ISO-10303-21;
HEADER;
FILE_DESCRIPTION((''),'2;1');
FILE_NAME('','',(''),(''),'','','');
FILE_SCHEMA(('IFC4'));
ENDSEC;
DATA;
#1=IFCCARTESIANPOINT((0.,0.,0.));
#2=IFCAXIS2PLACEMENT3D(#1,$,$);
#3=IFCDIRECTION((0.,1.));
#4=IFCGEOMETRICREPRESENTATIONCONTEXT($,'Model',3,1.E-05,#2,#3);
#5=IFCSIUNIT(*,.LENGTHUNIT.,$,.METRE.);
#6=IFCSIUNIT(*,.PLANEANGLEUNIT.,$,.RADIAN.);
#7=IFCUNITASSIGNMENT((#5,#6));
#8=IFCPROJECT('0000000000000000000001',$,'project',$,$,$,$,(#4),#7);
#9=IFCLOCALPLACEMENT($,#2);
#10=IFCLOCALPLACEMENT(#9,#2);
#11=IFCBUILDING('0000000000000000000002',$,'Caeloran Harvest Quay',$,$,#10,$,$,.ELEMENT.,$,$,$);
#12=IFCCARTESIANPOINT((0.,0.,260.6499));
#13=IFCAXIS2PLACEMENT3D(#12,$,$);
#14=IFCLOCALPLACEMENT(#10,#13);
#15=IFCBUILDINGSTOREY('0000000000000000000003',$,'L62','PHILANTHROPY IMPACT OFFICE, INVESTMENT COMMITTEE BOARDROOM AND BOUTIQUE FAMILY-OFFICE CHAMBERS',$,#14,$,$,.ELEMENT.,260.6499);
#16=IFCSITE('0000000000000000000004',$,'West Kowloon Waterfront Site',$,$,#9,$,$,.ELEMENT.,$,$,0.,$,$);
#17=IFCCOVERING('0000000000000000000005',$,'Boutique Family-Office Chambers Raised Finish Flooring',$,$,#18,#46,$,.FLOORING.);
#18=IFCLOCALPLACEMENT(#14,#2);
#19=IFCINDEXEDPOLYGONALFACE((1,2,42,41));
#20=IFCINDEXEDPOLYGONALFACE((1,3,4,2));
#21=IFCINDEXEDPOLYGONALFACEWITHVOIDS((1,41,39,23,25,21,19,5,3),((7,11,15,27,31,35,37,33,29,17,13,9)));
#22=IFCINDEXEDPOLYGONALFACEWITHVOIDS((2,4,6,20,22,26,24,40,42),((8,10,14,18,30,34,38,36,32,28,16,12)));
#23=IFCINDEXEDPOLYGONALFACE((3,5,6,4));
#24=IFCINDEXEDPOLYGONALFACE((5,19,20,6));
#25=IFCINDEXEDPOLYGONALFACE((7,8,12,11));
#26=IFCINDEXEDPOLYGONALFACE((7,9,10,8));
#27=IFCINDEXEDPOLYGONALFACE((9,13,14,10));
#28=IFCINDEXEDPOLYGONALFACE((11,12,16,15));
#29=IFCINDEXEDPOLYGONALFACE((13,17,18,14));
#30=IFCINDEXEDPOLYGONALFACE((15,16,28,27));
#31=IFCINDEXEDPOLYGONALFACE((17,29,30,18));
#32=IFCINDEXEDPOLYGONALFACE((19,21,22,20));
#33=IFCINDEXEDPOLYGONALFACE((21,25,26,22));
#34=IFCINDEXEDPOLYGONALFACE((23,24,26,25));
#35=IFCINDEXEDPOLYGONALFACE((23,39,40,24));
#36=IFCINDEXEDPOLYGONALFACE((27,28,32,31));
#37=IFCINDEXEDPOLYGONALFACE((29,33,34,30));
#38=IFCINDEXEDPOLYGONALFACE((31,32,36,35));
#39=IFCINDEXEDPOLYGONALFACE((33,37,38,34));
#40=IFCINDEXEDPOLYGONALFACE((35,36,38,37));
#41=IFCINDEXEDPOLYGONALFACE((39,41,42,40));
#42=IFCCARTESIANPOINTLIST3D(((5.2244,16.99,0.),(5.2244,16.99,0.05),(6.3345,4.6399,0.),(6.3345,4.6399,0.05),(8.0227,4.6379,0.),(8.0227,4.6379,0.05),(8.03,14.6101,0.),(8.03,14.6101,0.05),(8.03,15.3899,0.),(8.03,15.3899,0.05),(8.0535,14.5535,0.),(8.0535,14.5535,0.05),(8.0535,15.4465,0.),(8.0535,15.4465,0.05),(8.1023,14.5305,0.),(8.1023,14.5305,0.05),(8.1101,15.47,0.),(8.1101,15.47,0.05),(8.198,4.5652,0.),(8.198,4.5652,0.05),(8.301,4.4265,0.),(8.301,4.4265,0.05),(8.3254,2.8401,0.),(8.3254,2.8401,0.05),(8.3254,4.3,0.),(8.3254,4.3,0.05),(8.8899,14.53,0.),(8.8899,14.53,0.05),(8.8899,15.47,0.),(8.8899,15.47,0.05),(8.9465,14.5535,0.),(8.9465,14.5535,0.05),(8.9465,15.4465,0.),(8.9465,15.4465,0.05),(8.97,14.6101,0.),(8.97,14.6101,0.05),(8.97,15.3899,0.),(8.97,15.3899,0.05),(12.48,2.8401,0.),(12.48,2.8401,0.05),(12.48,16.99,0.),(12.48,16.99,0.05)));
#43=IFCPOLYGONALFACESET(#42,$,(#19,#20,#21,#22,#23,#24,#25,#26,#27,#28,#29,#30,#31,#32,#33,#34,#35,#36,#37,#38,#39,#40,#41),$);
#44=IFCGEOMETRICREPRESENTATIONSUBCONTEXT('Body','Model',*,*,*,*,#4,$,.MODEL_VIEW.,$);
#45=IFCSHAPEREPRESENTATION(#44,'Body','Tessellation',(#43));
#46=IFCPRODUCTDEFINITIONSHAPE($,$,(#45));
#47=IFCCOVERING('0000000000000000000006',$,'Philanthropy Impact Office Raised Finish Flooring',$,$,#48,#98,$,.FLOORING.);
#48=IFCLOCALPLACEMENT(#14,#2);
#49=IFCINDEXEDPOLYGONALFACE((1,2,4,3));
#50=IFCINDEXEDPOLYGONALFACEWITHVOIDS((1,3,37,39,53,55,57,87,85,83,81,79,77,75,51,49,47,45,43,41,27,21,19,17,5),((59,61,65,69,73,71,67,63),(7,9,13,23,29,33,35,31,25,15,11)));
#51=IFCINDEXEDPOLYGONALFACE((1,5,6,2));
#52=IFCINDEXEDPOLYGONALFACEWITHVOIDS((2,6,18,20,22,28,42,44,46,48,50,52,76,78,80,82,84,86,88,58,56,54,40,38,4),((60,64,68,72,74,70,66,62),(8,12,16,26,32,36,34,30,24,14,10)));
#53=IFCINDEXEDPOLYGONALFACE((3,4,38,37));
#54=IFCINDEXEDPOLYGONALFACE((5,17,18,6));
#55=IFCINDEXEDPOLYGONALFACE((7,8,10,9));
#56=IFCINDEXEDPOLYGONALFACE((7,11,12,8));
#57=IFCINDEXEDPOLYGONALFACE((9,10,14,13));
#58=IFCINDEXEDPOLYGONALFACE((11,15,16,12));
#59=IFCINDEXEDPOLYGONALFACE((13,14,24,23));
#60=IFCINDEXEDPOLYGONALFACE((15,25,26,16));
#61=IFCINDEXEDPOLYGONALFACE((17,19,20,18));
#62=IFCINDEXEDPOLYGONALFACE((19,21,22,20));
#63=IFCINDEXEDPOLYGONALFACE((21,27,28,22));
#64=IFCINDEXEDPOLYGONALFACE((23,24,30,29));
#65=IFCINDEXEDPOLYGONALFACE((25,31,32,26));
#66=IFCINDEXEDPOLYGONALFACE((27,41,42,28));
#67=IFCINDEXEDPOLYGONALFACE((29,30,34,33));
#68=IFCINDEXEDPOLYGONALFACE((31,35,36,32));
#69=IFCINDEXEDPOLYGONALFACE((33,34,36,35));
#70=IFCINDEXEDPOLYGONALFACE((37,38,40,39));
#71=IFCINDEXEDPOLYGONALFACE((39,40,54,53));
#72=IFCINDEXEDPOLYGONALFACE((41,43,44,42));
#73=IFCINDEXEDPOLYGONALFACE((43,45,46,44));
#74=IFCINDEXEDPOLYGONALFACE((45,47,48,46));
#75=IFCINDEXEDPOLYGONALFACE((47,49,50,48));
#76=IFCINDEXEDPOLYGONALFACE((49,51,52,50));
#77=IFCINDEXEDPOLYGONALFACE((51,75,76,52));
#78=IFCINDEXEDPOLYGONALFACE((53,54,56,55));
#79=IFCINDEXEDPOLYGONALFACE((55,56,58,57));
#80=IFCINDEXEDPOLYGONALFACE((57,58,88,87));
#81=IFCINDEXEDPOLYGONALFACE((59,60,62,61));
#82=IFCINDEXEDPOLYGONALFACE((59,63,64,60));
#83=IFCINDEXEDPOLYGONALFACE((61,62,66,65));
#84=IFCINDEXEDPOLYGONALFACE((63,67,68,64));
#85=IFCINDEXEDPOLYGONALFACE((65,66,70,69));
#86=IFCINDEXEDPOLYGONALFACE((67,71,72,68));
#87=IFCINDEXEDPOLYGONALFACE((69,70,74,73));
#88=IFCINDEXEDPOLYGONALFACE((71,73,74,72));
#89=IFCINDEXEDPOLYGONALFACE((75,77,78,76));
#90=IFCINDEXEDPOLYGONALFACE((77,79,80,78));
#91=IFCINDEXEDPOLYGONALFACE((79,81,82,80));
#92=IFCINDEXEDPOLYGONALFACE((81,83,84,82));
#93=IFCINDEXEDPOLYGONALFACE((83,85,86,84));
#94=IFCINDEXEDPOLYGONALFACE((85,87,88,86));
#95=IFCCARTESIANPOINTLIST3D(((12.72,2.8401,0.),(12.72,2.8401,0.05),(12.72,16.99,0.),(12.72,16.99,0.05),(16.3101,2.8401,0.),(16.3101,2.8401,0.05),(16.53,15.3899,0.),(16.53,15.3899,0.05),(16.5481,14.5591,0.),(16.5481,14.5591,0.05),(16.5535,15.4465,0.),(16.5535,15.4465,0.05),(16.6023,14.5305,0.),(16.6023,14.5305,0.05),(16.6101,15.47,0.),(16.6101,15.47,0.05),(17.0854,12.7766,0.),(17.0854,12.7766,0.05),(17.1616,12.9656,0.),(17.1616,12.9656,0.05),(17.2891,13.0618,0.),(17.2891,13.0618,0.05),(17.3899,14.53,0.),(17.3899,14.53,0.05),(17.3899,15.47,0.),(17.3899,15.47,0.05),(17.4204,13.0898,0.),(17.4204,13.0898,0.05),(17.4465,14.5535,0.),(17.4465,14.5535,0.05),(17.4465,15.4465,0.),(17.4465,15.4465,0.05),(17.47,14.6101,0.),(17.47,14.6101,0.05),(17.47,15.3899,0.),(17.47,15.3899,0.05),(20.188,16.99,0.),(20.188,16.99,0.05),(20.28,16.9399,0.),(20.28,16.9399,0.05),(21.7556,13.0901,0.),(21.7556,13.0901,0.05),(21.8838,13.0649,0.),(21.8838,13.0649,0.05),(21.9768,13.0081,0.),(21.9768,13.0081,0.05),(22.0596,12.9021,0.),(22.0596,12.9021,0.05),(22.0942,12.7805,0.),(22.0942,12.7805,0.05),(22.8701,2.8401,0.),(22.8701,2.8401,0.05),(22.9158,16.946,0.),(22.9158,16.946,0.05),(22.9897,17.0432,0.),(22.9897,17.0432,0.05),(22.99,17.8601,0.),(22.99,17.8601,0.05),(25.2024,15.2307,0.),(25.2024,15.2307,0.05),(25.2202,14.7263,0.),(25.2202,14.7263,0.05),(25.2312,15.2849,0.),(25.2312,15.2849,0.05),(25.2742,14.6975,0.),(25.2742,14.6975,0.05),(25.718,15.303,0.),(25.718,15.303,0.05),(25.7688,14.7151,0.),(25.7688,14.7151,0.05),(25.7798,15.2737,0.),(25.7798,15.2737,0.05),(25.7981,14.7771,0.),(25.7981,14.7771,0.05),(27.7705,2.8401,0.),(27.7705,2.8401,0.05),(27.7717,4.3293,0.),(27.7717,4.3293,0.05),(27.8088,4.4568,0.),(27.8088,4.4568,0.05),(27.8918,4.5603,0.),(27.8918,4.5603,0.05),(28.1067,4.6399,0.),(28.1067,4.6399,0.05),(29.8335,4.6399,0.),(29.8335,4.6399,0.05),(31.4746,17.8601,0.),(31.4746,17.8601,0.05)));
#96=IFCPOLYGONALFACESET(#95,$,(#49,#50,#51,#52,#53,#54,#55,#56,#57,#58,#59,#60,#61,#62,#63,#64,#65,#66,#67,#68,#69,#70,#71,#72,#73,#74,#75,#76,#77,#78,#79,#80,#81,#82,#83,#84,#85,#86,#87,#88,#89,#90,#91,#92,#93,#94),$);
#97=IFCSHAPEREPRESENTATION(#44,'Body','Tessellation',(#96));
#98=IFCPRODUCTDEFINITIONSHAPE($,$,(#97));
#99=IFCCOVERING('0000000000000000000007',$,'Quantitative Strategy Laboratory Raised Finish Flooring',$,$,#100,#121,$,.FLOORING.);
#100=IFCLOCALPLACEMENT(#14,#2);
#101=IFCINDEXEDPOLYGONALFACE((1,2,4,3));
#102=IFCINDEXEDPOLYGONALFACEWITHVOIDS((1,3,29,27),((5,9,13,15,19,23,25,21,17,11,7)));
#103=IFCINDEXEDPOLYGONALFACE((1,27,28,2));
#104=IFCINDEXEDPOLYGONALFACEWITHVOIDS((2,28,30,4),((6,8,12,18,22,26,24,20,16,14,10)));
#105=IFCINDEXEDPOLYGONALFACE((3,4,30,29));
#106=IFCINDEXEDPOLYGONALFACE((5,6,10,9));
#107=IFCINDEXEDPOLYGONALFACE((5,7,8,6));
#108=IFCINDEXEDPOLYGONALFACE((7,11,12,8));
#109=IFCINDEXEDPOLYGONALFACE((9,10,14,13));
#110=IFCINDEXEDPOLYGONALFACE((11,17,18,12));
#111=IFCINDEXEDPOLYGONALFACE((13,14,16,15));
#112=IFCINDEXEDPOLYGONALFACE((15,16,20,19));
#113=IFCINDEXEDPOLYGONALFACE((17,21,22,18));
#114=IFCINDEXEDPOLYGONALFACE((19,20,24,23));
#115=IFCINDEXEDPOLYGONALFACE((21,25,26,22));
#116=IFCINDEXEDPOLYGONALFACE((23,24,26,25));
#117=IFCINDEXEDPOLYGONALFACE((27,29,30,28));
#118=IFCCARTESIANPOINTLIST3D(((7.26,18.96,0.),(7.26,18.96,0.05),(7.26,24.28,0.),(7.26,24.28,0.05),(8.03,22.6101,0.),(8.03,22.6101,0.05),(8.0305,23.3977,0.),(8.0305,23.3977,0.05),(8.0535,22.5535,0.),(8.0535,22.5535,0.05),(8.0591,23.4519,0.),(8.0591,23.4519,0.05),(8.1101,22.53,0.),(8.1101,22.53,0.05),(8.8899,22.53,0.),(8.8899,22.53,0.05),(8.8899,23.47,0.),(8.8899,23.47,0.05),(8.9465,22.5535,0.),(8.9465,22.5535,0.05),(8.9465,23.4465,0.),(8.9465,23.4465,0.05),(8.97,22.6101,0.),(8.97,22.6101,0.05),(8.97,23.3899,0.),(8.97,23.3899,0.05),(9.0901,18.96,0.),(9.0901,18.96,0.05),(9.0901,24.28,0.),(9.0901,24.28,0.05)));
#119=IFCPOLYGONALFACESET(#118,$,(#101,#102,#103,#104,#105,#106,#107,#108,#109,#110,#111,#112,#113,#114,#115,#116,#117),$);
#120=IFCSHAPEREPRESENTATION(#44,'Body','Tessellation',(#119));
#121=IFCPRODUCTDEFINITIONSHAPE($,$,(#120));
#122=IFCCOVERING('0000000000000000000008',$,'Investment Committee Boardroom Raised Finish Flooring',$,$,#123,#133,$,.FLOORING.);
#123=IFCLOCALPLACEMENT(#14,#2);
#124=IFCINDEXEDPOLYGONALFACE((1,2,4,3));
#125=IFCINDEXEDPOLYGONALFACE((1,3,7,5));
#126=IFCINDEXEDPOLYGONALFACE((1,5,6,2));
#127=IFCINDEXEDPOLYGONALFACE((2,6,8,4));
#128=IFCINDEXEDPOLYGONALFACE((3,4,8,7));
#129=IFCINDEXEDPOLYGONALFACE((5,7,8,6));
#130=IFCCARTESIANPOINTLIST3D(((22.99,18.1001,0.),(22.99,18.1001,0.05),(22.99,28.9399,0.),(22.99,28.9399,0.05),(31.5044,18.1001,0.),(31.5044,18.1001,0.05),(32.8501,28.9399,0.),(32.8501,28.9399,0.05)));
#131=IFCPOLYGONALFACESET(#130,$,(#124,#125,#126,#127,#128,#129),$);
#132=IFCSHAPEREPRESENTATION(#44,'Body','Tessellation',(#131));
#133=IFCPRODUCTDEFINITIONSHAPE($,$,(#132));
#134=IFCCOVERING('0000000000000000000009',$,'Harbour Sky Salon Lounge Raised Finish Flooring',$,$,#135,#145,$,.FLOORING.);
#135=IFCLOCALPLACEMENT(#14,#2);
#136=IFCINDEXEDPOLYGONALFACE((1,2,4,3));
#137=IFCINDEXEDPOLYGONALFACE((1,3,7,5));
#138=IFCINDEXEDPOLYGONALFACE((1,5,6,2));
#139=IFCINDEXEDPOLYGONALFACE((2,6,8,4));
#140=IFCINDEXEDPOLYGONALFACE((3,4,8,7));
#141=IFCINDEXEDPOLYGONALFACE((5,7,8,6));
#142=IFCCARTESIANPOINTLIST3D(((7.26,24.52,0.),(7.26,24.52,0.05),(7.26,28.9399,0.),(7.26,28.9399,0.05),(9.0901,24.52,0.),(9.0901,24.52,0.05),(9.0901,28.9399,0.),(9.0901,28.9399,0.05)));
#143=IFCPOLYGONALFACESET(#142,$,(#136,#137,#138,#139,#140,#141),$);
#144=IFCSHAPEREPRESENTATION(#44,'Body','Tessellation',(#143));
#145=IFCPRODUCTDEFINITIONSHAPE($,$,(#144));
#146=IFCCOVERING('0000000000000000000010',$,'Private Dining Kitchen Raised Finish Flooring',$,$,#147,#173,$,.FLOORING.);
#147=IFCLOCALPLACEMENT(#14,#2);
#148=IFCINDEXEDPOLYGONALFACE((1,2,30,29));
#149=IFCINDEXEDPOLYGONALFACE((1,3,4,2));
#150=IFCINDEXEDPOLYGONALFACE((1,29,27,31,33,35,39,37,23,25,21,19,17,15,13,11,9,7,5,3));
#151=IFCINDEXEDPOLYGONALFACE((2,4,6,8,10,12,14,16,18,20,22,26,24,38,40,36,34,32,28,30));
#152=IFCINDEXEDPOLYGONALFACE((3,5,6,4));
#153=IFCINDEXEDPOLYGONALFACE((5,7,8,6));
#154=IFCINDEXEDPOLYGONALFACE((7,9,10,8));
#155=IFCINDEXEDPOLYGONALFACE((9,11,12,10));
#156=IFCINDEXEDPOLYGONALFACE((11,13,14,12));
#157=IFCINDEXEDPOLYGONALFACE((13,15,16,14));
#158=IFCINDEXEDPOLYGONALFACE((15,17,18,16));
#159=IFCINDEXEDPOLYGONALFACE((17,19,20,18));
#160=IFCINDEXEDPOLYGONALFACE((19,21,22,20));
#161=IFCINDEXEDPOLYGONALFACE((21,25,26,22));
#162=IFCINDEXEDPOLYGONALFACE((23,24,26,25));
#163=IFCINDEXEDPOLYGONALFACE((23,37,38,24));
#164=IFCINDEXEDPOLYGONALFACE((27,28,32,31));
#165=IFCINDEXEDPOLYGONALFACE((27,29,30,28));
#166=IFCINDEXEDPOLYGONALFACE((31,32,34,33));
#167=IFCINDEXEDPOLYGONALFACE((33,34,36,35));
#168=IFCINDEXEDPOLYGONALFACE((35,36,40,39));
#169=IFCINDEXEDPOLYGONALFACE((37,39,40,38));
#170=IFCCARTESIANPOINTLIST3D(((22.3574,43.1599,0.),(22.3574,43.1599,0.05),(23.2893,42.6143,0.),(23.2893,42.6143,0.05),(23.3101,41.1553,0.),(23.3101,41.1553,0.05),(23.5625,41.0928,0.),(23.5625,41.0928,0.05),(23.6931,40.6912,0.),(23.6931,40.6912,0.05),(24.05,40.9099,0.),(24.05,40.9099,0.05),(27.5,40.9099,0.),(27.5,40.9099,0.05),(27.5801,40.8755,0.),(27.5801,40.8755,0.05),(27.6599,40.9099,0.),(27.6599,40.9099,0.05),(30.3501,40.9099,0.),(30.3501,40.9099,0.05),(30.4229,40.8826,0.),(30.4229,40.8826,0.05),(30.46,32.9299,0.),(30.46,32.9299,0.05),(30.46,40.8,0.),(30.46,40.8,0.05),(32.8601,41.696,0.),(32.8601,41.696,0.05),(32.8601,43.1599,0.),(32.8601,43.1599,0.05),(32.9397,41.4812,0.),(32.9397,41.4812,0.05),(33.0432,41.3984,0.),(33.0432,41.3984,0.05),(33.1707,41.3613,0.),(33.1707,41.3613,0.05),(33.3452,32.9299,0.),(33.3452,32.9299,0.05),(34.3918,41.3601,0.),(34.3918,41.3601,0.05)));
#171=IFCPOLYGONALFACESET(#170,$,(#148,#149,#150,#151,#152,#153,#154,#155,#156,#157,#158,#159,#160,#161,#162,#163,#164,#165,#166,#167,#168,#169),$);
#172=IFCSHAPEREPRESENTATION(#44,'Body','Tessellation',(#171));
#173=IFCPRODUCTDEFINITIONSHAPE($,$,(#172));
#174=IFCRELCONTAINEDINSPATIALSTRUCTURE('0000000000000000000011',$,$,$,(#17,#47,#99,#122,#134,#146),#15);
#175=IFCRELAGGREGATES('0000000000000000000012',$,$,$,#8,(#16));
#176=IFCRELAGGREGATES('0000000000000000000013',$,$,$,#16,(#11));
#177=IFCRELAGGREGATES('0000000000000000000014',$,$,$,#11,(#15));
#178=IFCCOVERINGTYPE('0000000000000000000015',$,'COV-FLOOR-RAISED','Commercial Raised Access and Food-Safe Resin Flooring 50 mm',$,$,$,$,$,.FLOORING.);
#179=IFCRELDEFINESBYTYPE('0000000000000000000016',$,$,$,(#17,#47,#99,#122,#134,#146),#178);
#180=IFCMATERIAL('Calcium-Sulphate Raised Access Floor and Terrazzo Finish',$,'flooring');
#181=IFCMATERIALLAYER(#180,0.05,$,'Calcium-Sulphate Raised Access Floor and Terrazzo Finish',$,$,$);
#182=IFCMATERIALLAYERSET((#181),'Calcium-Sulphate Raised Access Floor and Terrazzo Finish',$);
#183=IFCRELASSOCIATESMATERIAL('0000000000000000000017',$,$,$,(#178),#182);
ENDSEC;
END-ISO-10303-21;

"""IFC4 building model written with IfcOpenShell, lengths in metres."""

from ifc_helpers import new_model, si_unit, direction, frame, origin, place, context, subcontext, project, spatial, polyline, outline, extrude, material, layer, layer_set, type_object, element, save


model = new_model("IFC4")

# Units and contexts
model_context = context("Model", 3, precision=1e-05, world=origin(), true_north=direction((0.0, 1.0)))
body_context = subcontext(model_context, "Body", "Model", "MODEL_VIEW")
ifc_project = project(units=[si_unit("LENGTHUNIT", "METRE"), si_unit("PLANEANGLEUNIT", "RADIAN")], contexts=[model_context])

# Site, building, storey
site_placement = place(None, origin())
site = spatial("IfcSite", under=ifc_project, at=site_placement, Name="West Kowloon Waterfront Site", CompositionType="ELEMENT", RefElevation=0.0)
building_placement = place(site_placement, origin())
building = spatial("IfcBuilding", under=site, at=building_placement, Name="Caeloran Harvest Quay", CompositionType="ELEMENT")
storey_placement = place(building_placement, frame((0.0, 0.0, 260.6499)))
storey = spatial("IfcBuildingStorey", under=building, at=storey_placement, Name="L62", Description="PHILANTHROPY IMPACT OFFICE, INVESTMENT COMMITTEE BOARDROOM AND BOUTIQUE FAMILY-OFFICE CHAMBERS", CompositionType="ELEMENT", Elevation=260.6499)

# Coverings
ifc_material_1 = material(Name="Calcium-Sulphate Raised Access Floor and Terrazzo Finish", Category="flooring")
ifc_layer_1 = layer(ifc_material_1, 0.05, Name="Calcium-Sulphate Raised Access Floor and Terrazzo Finish")
ifc_layer_set_1 = layer_set([ifc_layer_1], Name="Calcium-Sulphate Raised Access Floor and Terrazzo Finish")
covering_type_1 = type_object("IfcCoveringType", Name="COV-FLOOR-RAISED", Description="Commercial Raised Access and Food-Safe Resin Flooring 50 mm", PredefinedType="FLOORING", material=ifc_layer_set_1)
covering_1_placement = place(storey_placement, origin())
element("IfcCovering", 1, at=covering_1_placement, inside=storey, type_object=covering_type_1, Name="Boutique Family-Office Chambers Raised Finish Flooring", PredefinedType="FLOORING", context=body_context, shape_type="SweptSolid", body=[
    extrude(outline(polyline([(8.301, 4.4265), (8.198, 4.5652), (8.0227, 4.6379), (6.3345, 4.6399), (5.2244, 16.99), (12.48, 16.99), (12.48, 2.8401), (8.3254, 2.8401), (8.3254, 4.3), (8.301, 4.4265)]), holes=[polyline([(8.03, 14.6101), (8.0535, 14.5535), (8.1023, 14.5305), (8.8899, 14.53), (8.9465, 14.5535), (8.97, 14.6101), (8.97, 15.3899), (8.9465, 15.4465), (8.8899, 15.47), (8.1101, 15.47), (8.0535, 15.4465), (8.03, 15.3899), (8.03, 14.6101)])]), origin(), (0.0, 0.0, 1.0), 0.05),
])
covering_2_placement = place(storey_placement, origin())
element("IfcCovering", 2, at=covering_2_placement, inside=storey, type_object=covering_type_1, Name="Philanthropy Impact Office Raised Finish Flooring", PredefinedType="FLOORING", context=body_context, shape_type="SweptSolid", body=[
    extrude(outline(polyline([(20.188, 16.99), (20.28, 16.9399), (22.9158, 16.946), (22.9897, 17.0432), (22.99, 17.8601), (31.4746, 17.8601), (29.8335, 4.6399), (28.1067, 4.6399), (27.8918, 4.5603), (27.8088, 4.4568), (27.7717, 4.3293), (27.7705, 2.8401), (22.8701, 2.8401), (22.0942, 12.7805), (22.0596, 12.9021), (21.9768, 13.0081), (21.8838, 13.0649), (21.7556, 13.0901), (17.4204, 13.0898), (17.2891, 13.0618), (17.1616, 12.9656), (17.0854, 12.7766), (16.3101, 2.8401), (12.72, 2.8401), (12.72, 16.99), (20.188, 16.99)]), holes=[polyline([(25.2024, 15.2307), (25.2202, 14.7263), (25.2742, 14.6975), (25.7688, 14.7151), (25.7981, 14.7771), (25.7798, 15.2737), (25.718, 15.303), (25.2312, 15.2849), (25.2024, 15.2307)]), polyline([(16.53, 15.3899), (16.5481, 14.5591), (16.6023, 14.5305), (17.3899, 14.53), (17.4465, 14.5535), (17.47, 14.6101), (17.47, 15.3899), (17.4465, 15.4465), (17.3899, 15.47), (16.6101, 15.47), (16.5535, 15.4465), (16.53, 15.3899)])]), origin(), (0.0, 0.0, 1.0), 0.05),
])
covering_3_placement = place(storey_placement, origin())
element("IfcCovering", 3, at=covering_3_placement, inside=storey, type_object=covering_type_1, Name="Quantitative Strategy Laboratory Raised Finish Flooring", PredefinedType="FLOORING", context=body_context, shape_type="SweptSolid", body=[
    extrude(outline(polyline([(9.0901, 18.96), (7.26, 18.96), (7.26, 24.28), (9.0901, 24.28), (9.0901, 18.96)]), holes=[polyline([(8.8899, 23.47), (8.0591, 23.4519), (8.0305, 23.3977), (8.03, 22.6101), (8.0535, 22.5535), (8.1101, 22.53), (8.8899, 22.53), (8.9465, 22.5535), (8.97, 22.6101), (8.97, 23.3899), (8.9465, 23.4465), (8.8899, 23.47)])]), origin(), (0.0, 0.0, 1.0), 0.05),
])
covering_4_placement = place(storey_placement, origin())
element("IfcCovering", 4, at=covering_4_placement, inside=storey, type_object=covering_type_1, Name="Investment Committee Boardroom Raised Finish Flooring", PredefinedType="FLOORING", context=body_context, shape_type="SweptSolid", body=[
    extrude(outline(polyline([(32.8501, 28.9399), (31.5044, 18.1001), (22.99, 18.1001), (22.99, 28.9399), (32.8501, 28.9399)])), origin(), (0.0, 0.0, 1.0), 0.05),
])
covering_5_placement = place(storey_placement, origin())
element("IfcCovering", 5, at=covering_5_placement, inside=storey, type_object=covering_type_1, Name="Harbour Sky Salon Lounge Raised Finish Flooring", PredefinedType="FLOORING", context=body_context, shape_type="SweptSolid", body=[
    extrude(outline(polyline([(7.26, 24.52), (7.26, 28.9399), (9.0901, 28.9399), (9.0901, 24.52), (7.26, 24.52)])), origin(), (0.0, 0.0, 1.0), 0.05),
])
covering_6_placement = place(storey_placement, origin())
element("IfcCovering", 6, at=covering_6_placement, inside=storey, type_object=covering_type_1, Name="Private Dining Kitchen Raised Finish Flooring", PredefinedType="FLOORING", context=body_context, shape_type="SweptSolid", body=[
    extrude(outline(polyline([(24.05, 40.9099), (23.6931, 40.6912), (23.5625, 41.0928), (23.3101, 41.1553), (23.2893, 42.6143), (22.3574, 43.1599), (32.8601, 43.1599), (32.8601, 41.696), (32.9397, 41.4812), (33.0432, 41.3984), (33.1707, 41.3613), (34.3918, 41.3601), (33.3452, 32.9299), (30.46, 32.9299), (30.46, 40.8), (30.4229, 40.8826), (30.3501, 40.9099), (27.6599, 40.9099), (27.5801, 40.8755), (27.5, 40.9099), (24.05, 40.9099)])), origin(), (0.0, 0.0, 1.0), 0.05),
])

save(model, "model.ifc")
